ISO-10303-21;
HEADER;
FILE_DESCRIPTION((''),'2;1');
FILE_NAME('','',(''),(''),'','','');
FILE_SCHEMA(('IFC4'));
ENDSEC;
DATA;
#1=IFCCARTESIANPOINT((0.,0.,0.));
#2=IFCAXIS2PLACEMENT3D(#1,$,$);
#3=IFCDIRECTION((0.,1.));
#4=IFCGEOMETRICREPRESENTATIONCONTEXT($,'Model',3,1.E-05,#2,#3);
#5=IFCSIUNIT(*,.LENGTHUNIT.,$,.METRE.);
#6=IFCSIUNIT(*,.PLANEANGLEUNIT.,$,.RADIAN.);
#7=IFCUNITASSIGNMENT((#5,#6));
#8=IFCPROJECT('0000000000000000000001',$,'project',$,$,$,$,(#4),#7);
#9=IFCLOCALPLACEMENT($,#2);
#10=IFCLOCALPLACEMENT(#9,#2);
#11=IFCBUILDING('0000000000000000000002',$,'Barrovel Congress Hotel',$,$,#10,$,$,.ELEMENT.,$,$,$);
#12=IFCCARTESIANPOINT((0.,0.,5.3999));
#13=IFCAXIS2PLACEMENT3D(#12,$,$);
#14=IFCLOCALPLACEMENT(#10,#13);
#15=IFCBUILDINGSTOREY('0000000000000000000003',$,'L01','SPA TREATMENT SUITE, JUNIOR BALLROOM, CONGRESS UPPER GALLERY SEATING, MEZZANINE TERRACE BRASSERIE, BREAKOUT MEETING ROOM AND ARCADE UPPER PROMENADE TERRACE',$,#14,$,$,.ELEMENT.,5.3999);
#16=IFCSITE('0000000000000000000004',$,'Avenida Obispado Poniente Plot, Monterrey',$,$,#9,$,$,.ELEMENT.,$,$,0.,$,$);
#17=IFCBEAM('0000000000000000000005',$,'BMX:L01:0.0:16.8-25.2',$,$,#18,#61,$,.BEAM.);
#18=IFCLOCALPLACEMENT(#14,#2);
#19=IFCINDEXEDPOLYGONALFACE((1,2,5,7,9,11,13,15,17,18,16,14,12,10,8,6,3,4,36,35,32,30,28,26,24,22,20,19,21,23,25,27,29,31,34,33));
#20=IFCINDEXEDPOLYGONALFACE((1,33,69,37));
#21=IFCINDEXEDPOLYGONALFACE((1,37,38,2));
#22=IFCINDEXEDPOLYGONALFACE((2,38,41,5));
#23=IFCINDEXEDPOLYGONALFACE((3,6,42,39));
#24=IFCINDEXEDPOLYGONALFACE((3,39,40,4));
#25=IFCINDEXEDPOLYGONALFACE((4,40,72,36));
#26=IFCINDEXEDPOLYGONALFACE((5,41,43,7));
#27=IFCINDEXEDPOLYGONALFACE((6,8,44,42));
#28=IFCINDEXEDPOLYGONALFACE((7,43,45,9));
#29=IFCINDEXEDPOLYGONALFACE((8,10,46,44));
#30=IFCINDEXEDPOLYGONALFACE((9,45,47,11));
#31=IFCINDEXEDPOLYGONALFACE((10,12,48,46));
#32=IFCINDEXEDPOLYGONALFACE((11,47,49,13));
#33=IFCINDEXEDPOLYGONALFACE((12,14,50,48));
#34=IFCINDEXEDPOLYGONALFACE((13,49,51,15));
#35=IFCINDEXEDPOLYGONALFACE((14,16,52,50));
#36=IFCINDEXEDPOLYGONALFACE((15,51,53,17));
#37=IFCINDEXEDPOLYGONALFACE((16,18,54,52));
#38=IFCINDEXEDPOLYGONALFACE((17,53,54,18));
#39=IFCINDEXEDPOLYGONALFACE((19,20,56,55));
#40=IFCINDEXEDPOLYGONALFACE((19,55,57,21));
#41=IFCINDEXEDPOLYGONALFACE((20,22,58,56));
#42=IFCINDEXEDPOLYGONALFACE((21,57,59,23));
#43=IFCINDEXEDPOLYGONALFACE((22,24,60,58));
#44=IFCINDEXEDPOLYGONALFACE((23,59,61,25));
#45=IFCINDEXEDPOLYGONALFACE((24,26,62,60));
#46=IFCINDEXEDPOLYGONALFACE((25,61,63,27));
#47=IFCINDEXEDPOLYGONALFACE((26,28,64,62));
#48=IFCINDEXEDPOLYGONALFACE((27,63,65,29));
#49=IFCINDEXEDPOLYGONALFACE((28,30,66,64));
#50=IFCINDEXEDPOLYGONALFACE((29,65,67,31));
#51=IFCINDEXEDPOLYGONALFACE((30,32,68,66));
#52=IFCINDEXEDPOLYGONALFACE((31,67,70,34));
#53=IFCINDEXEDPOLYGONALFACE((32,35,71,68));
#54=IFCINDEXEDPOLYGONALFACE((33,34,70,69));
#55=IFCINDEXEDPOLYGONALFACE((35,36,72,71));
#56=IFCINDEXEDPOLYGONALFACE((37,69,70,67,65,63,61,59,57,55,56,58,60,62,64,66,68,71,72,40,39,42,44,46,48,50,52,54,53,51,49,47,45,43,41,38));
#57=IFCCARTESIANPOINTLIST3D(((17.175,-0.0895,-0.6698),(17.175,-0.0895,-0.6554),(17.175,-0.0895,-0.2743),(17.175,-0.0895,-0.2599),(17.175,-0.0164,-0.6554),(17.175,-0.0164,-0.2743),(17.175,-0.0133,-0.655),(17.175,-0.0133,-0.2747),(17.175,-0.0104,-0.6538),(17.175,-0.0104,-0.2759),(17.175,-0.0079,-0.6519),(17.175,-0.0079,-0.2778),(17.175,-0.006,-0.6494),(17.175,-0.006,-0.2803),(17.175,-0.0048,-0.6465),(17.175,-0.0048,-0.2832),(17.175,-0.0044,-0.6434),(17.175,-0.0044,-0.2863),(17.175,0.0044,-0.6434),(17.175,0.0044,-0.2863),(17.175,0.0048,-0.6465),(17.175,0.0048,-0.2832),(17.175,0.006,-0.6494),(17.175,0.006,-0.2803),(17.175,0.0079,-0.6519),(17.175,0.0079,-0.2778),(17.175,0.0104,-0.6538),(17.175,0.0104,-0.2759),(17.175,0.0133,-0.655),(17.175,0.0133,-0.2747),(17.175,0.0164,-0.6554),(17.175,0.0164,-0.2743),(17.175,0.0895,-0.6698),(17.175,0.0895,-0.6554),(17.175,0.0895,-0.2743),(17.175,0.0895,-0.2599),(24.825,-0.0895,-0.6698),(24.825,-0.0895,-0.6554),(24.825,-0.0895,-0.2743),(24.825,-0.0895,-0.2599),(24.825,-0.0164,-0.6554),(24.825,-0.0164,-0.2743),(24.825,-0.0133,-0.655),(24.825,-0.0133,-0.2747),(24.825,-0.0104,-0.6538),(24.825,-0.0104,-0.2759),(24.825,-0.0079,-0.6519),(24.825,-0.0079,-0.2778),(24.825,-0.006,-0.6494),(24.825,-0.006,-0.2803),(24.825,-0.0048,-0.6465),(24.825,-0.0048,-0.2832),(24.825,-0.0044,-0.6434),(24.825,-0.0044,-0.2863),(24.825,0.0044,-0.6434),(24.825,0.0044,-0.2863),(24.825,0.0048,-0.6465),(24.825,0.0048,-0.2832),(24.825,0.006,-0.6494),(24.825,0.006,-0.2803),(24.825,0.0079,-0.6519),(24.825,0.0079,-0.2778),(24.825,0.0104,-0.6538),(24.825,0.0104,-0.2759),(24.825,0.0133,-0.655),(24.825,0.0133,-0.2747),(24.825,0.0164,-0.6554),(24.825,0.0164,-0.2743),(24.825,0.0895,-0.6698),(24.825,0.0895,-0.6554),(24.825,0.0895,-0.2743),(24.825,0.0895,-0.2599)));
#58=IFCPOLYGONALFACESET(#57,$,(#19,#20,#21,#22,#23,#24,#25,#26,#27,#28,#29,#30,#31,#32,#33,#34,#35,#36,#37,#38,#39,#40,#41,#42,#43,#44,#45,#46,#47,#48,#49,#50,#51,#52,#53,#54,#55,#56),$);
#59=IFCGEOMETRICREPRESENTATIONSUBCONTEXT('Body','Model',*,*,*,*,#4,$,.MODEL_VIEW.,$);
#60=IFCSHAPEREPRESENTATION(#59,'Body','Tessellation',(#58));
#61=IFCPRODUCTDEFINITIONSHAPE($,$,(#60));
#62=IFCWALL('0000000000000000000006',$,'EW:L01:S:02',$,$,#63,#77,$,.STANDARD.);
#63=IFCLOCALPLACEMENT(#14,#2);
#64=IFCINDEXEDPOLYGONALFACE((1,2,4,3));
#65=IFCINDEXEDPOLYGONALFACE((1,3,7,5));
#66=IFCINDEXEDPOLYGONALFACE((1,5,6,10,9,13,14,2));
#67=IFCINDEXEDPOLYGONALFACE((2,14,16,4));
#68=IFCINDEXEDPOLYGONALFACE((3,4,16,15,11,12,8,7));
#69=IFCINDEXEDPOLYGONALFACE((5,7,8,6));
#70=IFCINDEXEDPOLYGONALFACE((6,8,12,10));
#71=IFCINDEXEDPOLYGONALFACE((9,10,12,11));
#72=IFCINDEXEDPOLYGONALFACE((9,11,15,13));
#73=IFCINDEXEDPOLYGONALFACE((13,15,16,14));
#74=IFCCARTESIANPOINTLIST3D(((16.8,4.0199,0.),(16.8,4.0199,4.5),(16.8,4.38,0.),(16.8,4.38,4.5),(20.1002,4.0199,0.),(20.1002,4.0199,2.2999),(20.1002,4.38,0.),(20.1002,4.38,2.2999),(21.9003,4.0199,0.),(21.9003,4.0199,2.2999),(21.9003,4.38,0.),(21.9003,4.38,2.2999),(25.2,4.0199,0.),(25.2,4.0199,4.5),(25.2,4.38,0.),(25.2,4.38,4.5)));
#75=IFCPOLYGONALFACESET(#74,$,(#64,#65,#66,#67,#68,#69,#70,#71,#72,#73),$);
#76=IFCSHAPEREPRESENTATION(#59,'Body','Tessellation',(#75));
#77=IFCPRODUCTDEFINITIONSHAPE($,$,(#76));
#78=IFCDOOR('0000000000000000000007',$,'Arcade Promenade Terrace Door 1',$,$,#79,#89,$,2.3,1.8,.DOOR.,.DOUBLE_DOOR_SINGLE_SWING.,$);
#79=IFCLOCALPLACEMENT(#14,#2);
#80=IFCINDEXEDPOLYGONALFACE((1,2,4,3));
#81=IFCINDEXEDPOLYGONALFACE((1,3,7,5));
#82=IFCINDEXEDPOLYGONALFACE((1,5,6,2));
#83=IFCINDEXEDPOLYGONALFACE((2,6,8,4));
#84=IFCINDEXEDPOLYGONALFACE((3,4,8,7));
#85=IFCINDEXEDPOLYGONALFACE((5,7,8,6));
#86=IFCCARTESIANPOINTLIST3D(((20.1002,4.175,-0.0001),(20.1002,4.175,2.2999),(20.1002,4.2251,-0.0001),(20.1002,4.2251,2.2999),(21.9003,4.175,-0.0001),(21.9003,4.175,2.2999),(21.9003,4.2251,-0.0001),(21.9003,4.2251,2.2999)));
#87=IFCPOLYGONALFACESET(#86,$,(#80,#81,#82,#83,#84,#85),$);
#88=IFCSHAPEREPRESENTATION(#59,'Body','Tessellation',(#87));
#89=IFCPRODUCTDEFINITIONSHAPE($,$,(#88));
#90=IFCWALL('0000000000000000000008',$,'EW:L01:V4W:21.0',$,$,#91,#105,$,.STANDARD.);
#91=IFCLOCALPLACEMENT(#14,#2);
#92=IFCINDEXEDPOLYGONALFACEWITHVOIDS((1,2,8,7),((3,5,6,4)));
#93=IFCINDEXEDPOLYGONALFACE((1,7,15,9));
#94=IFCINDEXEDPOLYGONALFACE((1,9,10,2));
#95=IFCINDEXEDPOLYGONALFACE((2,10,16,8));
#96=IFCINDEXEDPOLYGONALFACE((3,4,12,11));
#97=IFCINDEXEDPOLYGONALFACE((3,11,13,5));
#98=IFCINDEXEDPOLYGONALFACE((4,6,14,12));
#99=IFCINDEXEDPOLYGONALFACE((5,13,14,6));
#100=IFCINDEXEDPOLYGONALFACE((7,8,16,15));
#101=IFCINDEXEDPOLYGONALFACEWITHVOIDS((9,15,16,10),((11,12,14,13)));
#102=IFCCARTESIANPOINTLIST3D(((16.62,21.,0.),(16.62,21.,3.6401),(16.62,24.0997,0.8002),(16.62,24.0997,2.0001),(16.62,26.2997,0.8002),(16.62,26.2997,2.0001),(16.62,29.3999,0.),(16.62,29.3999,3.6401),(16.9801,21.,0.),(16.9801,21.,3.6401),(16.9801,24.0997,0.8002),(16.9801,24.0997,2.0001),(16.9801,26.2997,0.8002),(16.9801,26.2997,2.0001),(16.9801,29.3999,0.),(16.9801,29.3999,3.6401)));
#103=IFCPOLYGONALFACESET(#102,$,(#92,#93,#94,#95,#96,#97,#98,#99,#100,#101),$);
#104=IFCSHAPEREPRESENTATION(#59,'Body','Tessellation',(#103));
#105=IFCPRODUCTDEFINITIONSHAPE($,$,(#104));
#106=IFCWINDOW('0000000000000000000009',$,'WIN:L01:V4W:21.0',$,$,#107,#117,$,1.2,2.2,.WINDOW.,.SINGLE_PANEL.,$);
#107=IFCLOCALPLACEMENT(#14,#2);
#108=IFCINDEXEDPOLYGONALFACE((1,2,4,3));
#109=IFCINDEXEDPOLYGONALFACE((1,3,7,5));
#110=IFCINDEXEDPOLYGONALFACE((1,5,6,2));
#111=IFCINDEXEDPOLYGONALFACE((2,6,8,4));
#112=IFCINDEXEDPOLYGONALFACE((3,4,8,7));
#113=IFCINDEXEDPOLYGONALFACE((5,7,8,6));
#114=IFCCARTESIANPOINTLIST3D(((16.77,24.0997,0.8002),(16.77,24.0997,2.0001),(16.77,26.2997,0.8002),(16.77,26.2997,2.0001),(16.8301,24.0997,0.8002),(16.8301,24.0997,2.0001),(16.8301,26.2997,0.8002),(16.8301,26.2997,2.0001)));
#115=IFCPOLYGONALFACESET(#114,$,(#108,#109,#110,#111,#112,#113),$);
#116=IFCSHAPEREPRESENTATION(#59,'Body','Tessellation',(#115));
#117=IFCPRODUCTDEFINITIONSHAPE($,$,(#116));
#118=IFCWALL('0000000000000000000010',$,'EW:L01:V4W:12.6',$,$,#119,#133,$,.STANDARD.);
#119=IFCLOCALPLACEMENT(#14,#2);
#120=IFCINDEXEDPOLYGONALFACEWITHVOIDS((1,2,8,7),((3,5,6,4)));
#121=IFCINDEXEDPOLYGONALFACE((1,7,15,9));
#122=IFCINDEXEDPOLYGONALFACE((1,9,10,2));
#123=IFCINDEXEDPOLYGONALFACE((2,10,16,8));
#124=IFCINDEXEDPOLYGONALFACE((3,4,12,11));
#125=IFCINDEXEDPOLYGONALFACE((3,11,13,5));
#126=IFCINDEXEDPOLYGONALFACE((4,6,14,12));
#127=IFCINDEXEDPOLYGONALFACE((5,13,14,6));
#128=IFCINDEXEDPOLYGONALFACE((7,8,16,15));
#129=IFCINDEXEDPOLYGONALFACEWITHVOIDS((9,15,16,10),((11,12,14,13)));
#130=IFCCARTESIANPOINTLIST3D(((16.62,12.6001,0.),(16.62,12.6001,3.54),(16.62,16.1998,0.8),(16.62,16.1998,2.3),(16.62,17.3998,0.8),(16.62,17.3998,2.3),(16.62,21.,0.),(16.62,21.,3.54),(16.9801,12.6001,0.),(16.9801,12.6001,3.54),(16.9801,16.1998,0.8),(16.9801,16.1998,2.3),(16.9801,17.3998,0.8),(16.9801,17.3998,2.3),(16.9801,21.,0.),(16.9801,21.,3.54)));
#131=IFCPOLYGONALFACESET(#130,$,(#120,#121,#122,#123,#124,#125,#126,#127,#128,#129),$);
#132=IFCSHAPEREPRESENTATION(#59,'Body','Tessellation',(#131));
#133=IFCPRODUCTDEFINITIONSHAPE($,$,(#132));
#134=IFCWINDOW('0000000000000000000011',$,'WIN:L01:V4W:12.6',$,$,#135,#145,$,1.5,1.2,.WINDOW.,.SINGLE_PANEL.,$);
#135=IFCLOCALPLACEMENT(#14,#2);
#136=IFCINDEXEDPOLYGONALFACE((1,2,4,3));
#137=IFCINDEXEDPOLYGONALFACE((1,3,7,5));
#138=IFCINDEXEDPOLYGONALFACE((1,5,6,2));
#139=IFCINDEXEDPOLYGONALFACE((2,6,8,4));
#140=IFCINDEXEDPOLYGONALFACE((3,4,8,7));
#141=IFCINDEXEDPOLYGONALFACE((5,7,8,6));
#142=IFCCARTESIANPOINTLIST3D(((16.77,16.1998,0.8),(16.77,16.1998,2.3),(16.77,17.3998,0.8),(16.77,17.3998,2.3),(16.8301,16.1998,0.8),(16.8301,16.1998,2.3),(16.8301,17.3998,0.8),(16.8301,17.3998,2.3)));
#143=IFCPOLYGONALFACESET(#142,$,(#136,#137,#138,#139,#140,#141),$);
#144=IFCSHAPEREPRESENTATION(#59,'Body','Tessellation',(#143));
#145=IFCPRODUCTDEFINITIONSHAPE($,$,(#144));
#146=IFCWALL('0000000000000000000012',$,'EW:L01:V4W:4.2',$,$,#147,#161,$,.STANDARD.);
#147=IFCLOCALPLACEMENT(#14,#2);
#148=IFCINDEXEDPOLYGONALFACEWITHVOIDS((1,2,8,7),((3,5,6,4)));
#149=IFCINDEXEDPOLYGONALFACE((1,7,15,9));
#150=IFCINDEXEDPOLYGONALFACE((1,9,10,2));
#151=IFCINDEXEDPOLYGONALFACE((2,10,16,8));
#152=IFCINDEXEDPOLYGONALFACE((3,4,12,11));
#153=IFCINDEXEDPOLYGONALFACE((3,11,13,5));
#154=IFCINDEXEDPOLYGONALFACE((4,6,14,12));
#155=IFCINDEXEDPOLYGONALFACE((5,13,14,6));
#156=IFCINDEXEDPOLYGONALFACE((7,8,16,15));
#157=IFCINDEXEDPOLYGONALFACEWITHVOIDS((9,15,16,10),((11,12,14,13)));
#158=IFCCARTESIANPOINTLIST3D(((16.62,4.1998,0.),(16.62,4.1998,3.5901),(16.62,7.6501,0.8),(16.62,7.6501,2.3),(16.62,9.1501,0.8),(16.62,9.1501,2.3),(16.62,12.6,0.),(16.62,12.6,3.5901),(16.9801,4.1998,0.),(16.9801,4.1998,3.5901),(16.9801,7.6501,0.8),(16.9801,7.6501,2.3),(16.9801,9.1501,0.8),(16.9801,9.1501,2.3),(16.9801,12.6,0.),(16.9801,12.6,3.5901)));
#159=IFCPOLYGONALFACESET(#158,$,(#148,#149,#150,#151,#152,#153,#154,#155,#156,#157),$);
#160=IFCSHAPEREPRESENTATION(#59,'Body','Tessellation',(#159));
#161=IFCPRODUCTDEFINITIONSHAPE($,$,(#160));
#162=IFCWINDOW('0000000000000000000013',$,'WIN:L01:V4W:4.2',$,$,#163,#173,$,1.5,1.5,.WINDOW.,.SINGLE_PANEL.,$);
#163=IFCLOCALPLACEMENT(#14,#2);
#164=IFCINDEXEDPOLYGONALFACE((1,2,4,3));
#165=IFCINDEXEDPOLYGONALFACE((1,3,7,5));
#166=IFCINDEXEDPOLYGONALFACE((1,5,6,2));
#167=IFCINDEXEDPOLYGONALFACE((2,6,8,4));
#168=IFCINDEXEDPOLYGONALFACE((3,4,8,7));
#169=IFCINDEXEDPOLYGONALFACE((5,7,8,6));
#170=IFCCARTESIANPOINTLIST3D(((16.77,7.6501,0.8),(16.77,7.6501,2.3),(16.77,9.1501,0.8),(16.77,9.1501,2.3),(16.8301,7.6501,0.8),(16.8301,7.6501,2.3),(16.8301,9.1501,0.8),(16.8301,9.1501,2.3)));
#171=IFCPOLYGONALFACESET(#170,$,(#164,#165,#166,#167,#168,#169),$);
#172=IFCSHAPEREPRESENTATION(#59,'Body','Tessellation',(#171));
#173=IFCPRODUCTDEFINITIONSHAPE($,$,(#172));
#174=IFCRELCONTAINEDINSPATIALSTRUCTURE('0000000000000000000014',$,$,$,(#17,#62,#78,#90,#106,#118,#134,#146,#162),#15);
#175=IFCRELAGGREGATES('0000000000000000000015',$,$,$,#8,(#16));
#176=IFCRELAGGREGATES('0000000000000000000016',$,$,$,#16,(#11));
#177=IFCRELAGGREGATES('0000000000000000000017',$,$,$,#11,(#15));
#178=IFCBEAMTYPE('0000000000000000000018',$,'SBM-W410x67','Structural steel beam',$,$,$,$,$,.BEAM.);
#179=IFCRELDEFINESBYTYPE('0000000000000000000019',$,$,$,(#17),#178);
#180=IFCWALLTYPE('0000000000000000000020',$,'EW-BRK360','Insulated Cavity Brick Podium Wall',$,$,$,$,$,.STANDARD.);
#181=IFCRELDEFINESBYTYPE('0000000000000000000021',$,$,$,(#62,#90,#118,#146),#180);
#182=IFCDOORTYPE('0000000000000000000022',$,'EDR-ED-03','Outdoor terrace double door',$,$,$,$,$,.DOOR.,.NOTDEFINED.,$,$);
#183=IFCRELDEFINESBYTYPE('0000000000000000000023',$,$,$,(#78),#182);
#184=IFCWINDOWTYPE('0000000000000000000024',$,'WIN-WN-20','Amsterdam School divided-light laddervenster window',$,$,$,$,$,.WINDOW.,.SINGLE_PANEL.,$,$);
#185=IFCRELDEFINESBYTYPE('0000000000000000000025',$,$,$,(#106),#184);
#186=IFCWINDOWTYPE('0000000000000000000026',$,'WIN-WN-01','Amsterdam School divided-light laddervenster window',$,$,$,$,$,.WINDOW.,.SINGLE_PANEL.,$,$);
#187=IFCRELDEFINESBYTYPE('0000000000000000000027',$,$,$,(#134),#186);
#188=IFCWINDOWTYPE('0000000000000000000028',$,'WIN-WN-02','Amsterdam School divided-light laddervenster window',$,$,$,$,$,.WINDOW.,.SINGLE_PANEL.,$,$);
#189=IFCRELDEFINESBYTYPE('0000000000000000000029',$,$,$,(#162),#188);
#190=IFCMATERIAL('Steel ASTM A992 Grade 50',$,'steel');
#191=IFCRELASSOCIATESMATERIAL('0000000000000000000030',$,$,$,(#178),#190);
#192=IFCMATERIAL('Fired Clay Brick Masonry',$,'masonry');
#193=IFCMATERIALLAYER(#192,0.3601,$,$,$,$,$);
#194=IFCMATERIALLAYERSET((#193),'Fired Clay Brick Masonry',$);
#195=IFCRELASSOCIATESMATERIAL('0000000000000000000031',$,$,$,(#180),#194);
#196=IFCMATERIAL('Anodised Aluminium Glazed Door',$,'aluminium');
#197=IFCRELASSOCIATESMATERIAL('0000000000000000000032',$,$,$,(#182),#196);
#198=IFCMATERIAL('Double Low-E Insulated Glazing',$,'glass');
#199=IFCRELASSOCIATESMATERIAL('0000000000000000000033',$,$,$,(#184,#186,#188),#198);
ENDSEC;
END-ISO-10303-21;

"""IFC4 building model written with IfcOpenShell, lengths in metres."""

from ifc_helpers import new_model, si_unit, direction, frame, frame_2d, origin, origin_2d, place, context, subcontext, project, spatial, rectangle, i_section, extrude, material, layer, layer_set, material_profile, profile_set, type_object, element, fill, save


model = new_model("IFC4")

# Units and contexts
model_context = context("Model", 3, precision=1e-05, world=origin(), true_north=direction((0.0, 1.0)))
body_context = subcontext(model_context, "Body", "Model", "MODEL_VIEW")
ifc_project = project(units=[si_unit("LENGTHUNIT", "METRE"), si_unit("PLANEANGLEUNIT", "RADIAN")], contexts=[model_context])

# Site, building, storey
site_placement = place(None, origin())
site = spatial("IfcSite", under=ifc_project, at=site_placement, Name="Avenida Obispado Poniente Plot, Monterrey", CompositionType="ELEMENT", RefElevation=0.0)
building_placement = place(site_placement, origin())
building = spatial("IfcBuilding", under=site, at=building_placement, Name="Barrovel Congress Hotel", CompositionType="ELEMENT")
storey_placement = place(building_placement, frame((0.0, 0.0, 5.3999)))
storey = spatial("IfcBuildingStorey", under=building, at=storey_placement, Name="L01", Description="SPA TREATMENT SUITE, JUNIOR BALLROOM, CONGRESS UPPER GALLERY SEATING, MEZZANINE TERRACE BRASSERIE, BREAKOUT MEETING ROOM AND ARCADE UPPER PROMENADE TERRACE", CompositionType="ELEMENT", Elevation=5.3999)

# Beam
ifc_material_1 = material(Name="Steel ASTM A992 Grade 50", Category="steel")
ifc_material_profile_1 = material_profile(ifc_material_1, i_section(OverallWidth=0.179, OverallDepth=0.4099, WebThickness=0.0088, FlangeThickness=0.0144, FilletRadius=0.012, at=origin_2d()), Name="W410x67")
ifc_profile_set_1 = profile_set([ifc_material_profile_1], Name="Steel ASTM A992 Grade 50")
beam_type_1 = type_object("IfcBeamType", Name="SBM-W410x67", Description="Structural steel beam", PredefinedType="BEAM", material=ifc_profile_set_1)
beam_1_placement = place(storey_placement, frame((17.175, 0.0, -0.4648), z_axis=(1.0, 0.0, 0.0), x_axis=(0.0, 1.0, 0.0)))
element("IfcBeam", 1, at=beam_1_placement, inside=storey, type_object=beam_type_1, Name="BMX:L01:0.0:16.8-25.2", PredefinedType="BEAM", context=body_context, shape_type="SweptSolid", body=[
    extrude(i_section(OverallWidth=0.179, OverallDepth=0.4099, WebThickness=0.0088, FlangeThickness=0.0144, FilletRadius=0.012, at=origin_2d()), origin(), (0.0, 0.0, 1.0), 7.6499),
])

# Wall, opening, door
ifc_material_2 = material(Name="Fired Clay Brick Masonry", Category="masonry")
ifc_layer_1 = layer(ifc_material_2, 0.3601)
ifc_layer_set_1 = layer_set([ifc_layer_1], Name="Fired Clay Brick Masonry")
wall_type_1 = type_object("IfcWallType", Name="EW-BRK360", Description="Insulated Cavity Brick Podium Wall", PredefinedType="STANDARD", material=ifc_layer_set_1)
wall_1_placement = place(storey_placement, frame((16.8, 4.2, 0.0), z_axis=(0.0, 0.0, 1.0), x_axis=(1.0, 0.0, 0.0)))
wall_1 = element("IfcWall", 2, at=wall_1_placement, inside=storey, type_object=wall_type_1, Name="EW:L01:S:02", PredefinedType="STANDARD", context=body_context, shape_type="SweptSolid", body=[
    extrude(rectangle(XDim=8.3999, YDim=0.3601, at=frame_2d((4.2, 0.0))), origin(), (0.0, 0.0, 1.0), 4.5),
])
opening_1_placement = place(wall_1_placement, frame((5.1001, 0.0, 0.0), z_axis=(0.0, 0.0, 1.0), x_axis=(-1.0, 0.0, 0.0)))
opening_1 = element("IfcOpeningElement", 3, at=opening_1_placement, cuts=wall_1, PredefinedType="OPENING", context=body_context, shape_type="SweptSolid", body=[
    extrude(rectangle(XDim=1.8, YDim=2.3, at=frame_2d((0.8999, 1.1499))), frame((0.0, 0.1899, 0.0), z_axis=(0.0, -1.0, 0.0), x_axis=(1.0, 0.0, 0.0)), (0.0, 0.0, 1.0), 0.3801),
])
ifc_material_3 = material(Name="Anodised Aluminium Glazed Door", Category="aluminium")
door_type_1 = type_object("IfcDoorType", Name="EDR-ED-03", Description="Outdoor terrace double door", OperationType="NOTDEFINED", PredefinedType="DOOR", material=ifc_material_3)
door_1_placement = place(opening_1_placement, origin())
door_1 = element("IfcDoor", 4, at=door_1_placement, inside=storey, type_object=door_type_1, Name="Arcade Promenade Terrace Door 1", OperationType="DOUBLE_DOOR_SINGLE_SWING", OverallHeight=2.3, OverallWidth=1.8, PredefinedType="DOOR", context=body_context, shape_type="SweptSolid", body=[
    extrude(rectangle(XDim=1.8, YDim=2.3, at=frame_2d((0.8999, 1.1499))), frame((0.0, 0.0249, 0.0), z_axis=(0.0, -1.0, 0.0), x_axis=(1.0, 0.0, 0.0)), (0.0, 0.0, 1.0), 0.05),
])
fill(opening_1, door_1)

# Walls, openings, windows
wall_2_placement = place(storey_placement, frame((16.8, 29.3999, 0.0), z_axis=(0.0, 0.0, 1.0), x_axis=(0.0, -1.0, 0.0)))
wall_2 = element("IfcWall", 5, at=wall_2_placement, inside=storey, type_object=wall_type_1, Name="EW:L01:V4W:21.0", PredefinedType="STANDARD", context=body_context, shape_type="SweptSolid", body=[
    extrude(rectangle(XDim=8.3999, YDim=0.3601, at=frame_2d((4.2, 0.0))), origin(), (0.0, 0.0, 1.0), 3.6401),
])
opening_2_placement = place(wall_2_placement, frame((3.1001, 0.0, 0.8)))
opening_2 = element("IfcOpeningElement", 6, at=opening_2_placement, cuts=wall_2, PredefinedType="OPENING", context=body_context, shape_type="SweptSolid", body=[
    extrude(rectangle(XDim=2.2, YDim=1.2, at=frame_2d((1.1001, 0.6001))), frame((0.0, 0.1899, 0.0), z_axis=(0.0, -1.0, 0.0), x_axis=(1.0, 0.0, 0.0)), (0.0, 0.0, 1.0), 0.3801),
])
ifc_material_4 = material(Name="Double Low-E Insulated Glazing", Category="glass")
window_type_1 = type_object("IfcWindowType", Name="WIN-WN-20", Description="Amsterdam School divided-light laddervenster window", PartitioningType="SINGLE_PANEL", PredefinedType="WINDOW", material=ifc_material_4)
window_1_placement = place(opening_2_placement, origin())
window_1 = element("IfcWindow", 7, at=window_1_placement, inside=storey, type_object=window_type_1, Name="WIN:L01:V4W:21.0", OverallHeight=1.2, OverallWidth=2.2, PartitioningType="SINGLE_PANEL", PredefinedType="WINDOW", context=body_context, shape_type="SweptSolid", body=[
    extrude(rectangle(XDim=2.2, YDim=1.2, at=frame_2d((1.1001, 0.6001))), frame((0.0, 0.03, 0.0), z_axis=(0.0, -1.0, 0.0), x_axis=(1.0, 0.0, 0.0)), (0.0, 0.0, 1.0), 0.0601),
])
fill(opening_2, window_1)
wall_3_placement = place(storey_placement, frame((16.8, 21.0, 0.0), z_axis=(0.0, 0.0, 1.0), x_axis=(0.0, -1.0, 0.0)))
wall_3 = element("IfcWall", 8, at=wall_3_placement, inside=storey, type_object=wall_type_1, Name="EW:L01:V4W:12.6", PredefinedType="STANDARD", context=body_context, shape_type="SweptSolid", body=[
    extrude(rectangle(XDim=8.3999, YDim=0.3601, at=frame_2d((4.2, 0.0))), origin(), (0.0, 0.0, 1.0), 3.54),
])
opening_3_placement = place(wall_3_placement, frame((3.6001, 0.0, 0.8)))
opening_3 = element("IfcOpeningElement", 9, at=opening_3_placement, cuts=wall_3, PredefinedType="OPENING", context=body_context, shape_type="SweptSolid", body=[
    extrude(rectangle(XDim=1.2, YDim=1.5, at=frame_2d((0.6001, 0.75))), frame((0.0, 0.1899, 0.0), z_axis=(0.0, -1.0, 0.0), x_axis=(1.0, 0.0, 0.0)), (0.0, 0.0, 1.0), 0.3801),
])
window_type_2 = type_object("IfcWindowType", Name="WIN-WN-01", Description="Amsterdam School divided-light laddervenster window", PartitioningType="SINGLE_PANEL", PredefinedType="WINDOW", material=ifc_material_4)
window_2_placement = place(opening_3_placement, origin())
window_2 = element("IfcWindow", 10, at=window_2_placement, inside=storey, type_object=window_type_2, Name="WIN:L01:V4W:12.6", OverallHeight=1.5, OverallWidth=1.2, PartitioningType="SINGLE_PANEL", PredefinedType="WINDOW", context=body_context, shape_type="SweptSolid", body=[
    extrude(rectangle(XDim=1.2, YDim=1.5, at=frame_2d((0.6001, 0.75))), frame((0.0, 0.03, 0.0), z_axis=(0.0, -1.0, 0.0), x_axis=(1.0, 0.0, 0.0)), (0.0, 0.0, 1.0), 0.0601),
])
fill(opening_3, window_2)
wall_4_placement = place(storey_placement, frame((16.8, 12.6001, 0.0), z_axis=(0.0, 0.0, 1.0), x_axis=(0.0, -1.0, 0.0)))
wall_4 = element("IfcWall", 11, at=wall_4_placement, inside=storey, type_object=wall_type_1, Name="EW:L01:V4W:4.2", PredefinedType="STANDARD", context=body_context, shape_type="SweptSolid", body=[
    extrude(rectangle(XDim=8.4001, YDim=0.3601, at=frame_2d((4.2002, 0.0))), origin(), (0.0, 0.0, 1.0), 3.5901),
])
opening_4_placement = place(wall_4_placement, frame((3.45, 0.0, 0.8)))
opening_4 = element("IfcOpeningElement", 12, at=opening_4_placement, cuts=wall_4, PredefinedType="OPENING", context=body_context, shape_type="SweptSolid", body=[
    extrude(rectangle(XDim=1.5, YDim=1.5, at=frame_2d((0.75, 0.75))), frame((0.0, 0.1899, 0.0), z_axis=(0.0, -1.0, 0.0), x_axis=(1.0, 0.0, 0.0)), (0.0, 0.0, 1.0), 0.3801),
])
window_type_3 = type_object("IfcWindowType", Name="WIN-WN-02", Description="Amsterdam School divided-light laddervenster window", PartitioningType="SINGLE_PANEL", PredefinedType="WINDOW", material=ifc_material_4)
window_3_placement = place(opening_4_placement, origin())
window_3 = element("IfcWindow", 13, at=window_3_placement, inside=storey, type_object=window_type_3, Name="WIN:L01:V4W:4.2", OverallHeight=1.5, OverallWidth=1.5, PartitioningType="SINGLE_PANEL", PredefinedType="WINDOW", context=body_context, shape_type="SweptSolid", body=[
    extrude(rectangle(XDim=1.5, YDim=1.5, at=frame_2d((0.75, 0.75))), frame((0.0, 0.03, 0.0), z_axis=(0.0, -1.0, 0.0), x_axis=(1.0, 0.0, 0.0)), (0.0, 0.0, 1.0), 0.0601),
])
fill(opening_4, window_3)

save(model, "model.ifc")
